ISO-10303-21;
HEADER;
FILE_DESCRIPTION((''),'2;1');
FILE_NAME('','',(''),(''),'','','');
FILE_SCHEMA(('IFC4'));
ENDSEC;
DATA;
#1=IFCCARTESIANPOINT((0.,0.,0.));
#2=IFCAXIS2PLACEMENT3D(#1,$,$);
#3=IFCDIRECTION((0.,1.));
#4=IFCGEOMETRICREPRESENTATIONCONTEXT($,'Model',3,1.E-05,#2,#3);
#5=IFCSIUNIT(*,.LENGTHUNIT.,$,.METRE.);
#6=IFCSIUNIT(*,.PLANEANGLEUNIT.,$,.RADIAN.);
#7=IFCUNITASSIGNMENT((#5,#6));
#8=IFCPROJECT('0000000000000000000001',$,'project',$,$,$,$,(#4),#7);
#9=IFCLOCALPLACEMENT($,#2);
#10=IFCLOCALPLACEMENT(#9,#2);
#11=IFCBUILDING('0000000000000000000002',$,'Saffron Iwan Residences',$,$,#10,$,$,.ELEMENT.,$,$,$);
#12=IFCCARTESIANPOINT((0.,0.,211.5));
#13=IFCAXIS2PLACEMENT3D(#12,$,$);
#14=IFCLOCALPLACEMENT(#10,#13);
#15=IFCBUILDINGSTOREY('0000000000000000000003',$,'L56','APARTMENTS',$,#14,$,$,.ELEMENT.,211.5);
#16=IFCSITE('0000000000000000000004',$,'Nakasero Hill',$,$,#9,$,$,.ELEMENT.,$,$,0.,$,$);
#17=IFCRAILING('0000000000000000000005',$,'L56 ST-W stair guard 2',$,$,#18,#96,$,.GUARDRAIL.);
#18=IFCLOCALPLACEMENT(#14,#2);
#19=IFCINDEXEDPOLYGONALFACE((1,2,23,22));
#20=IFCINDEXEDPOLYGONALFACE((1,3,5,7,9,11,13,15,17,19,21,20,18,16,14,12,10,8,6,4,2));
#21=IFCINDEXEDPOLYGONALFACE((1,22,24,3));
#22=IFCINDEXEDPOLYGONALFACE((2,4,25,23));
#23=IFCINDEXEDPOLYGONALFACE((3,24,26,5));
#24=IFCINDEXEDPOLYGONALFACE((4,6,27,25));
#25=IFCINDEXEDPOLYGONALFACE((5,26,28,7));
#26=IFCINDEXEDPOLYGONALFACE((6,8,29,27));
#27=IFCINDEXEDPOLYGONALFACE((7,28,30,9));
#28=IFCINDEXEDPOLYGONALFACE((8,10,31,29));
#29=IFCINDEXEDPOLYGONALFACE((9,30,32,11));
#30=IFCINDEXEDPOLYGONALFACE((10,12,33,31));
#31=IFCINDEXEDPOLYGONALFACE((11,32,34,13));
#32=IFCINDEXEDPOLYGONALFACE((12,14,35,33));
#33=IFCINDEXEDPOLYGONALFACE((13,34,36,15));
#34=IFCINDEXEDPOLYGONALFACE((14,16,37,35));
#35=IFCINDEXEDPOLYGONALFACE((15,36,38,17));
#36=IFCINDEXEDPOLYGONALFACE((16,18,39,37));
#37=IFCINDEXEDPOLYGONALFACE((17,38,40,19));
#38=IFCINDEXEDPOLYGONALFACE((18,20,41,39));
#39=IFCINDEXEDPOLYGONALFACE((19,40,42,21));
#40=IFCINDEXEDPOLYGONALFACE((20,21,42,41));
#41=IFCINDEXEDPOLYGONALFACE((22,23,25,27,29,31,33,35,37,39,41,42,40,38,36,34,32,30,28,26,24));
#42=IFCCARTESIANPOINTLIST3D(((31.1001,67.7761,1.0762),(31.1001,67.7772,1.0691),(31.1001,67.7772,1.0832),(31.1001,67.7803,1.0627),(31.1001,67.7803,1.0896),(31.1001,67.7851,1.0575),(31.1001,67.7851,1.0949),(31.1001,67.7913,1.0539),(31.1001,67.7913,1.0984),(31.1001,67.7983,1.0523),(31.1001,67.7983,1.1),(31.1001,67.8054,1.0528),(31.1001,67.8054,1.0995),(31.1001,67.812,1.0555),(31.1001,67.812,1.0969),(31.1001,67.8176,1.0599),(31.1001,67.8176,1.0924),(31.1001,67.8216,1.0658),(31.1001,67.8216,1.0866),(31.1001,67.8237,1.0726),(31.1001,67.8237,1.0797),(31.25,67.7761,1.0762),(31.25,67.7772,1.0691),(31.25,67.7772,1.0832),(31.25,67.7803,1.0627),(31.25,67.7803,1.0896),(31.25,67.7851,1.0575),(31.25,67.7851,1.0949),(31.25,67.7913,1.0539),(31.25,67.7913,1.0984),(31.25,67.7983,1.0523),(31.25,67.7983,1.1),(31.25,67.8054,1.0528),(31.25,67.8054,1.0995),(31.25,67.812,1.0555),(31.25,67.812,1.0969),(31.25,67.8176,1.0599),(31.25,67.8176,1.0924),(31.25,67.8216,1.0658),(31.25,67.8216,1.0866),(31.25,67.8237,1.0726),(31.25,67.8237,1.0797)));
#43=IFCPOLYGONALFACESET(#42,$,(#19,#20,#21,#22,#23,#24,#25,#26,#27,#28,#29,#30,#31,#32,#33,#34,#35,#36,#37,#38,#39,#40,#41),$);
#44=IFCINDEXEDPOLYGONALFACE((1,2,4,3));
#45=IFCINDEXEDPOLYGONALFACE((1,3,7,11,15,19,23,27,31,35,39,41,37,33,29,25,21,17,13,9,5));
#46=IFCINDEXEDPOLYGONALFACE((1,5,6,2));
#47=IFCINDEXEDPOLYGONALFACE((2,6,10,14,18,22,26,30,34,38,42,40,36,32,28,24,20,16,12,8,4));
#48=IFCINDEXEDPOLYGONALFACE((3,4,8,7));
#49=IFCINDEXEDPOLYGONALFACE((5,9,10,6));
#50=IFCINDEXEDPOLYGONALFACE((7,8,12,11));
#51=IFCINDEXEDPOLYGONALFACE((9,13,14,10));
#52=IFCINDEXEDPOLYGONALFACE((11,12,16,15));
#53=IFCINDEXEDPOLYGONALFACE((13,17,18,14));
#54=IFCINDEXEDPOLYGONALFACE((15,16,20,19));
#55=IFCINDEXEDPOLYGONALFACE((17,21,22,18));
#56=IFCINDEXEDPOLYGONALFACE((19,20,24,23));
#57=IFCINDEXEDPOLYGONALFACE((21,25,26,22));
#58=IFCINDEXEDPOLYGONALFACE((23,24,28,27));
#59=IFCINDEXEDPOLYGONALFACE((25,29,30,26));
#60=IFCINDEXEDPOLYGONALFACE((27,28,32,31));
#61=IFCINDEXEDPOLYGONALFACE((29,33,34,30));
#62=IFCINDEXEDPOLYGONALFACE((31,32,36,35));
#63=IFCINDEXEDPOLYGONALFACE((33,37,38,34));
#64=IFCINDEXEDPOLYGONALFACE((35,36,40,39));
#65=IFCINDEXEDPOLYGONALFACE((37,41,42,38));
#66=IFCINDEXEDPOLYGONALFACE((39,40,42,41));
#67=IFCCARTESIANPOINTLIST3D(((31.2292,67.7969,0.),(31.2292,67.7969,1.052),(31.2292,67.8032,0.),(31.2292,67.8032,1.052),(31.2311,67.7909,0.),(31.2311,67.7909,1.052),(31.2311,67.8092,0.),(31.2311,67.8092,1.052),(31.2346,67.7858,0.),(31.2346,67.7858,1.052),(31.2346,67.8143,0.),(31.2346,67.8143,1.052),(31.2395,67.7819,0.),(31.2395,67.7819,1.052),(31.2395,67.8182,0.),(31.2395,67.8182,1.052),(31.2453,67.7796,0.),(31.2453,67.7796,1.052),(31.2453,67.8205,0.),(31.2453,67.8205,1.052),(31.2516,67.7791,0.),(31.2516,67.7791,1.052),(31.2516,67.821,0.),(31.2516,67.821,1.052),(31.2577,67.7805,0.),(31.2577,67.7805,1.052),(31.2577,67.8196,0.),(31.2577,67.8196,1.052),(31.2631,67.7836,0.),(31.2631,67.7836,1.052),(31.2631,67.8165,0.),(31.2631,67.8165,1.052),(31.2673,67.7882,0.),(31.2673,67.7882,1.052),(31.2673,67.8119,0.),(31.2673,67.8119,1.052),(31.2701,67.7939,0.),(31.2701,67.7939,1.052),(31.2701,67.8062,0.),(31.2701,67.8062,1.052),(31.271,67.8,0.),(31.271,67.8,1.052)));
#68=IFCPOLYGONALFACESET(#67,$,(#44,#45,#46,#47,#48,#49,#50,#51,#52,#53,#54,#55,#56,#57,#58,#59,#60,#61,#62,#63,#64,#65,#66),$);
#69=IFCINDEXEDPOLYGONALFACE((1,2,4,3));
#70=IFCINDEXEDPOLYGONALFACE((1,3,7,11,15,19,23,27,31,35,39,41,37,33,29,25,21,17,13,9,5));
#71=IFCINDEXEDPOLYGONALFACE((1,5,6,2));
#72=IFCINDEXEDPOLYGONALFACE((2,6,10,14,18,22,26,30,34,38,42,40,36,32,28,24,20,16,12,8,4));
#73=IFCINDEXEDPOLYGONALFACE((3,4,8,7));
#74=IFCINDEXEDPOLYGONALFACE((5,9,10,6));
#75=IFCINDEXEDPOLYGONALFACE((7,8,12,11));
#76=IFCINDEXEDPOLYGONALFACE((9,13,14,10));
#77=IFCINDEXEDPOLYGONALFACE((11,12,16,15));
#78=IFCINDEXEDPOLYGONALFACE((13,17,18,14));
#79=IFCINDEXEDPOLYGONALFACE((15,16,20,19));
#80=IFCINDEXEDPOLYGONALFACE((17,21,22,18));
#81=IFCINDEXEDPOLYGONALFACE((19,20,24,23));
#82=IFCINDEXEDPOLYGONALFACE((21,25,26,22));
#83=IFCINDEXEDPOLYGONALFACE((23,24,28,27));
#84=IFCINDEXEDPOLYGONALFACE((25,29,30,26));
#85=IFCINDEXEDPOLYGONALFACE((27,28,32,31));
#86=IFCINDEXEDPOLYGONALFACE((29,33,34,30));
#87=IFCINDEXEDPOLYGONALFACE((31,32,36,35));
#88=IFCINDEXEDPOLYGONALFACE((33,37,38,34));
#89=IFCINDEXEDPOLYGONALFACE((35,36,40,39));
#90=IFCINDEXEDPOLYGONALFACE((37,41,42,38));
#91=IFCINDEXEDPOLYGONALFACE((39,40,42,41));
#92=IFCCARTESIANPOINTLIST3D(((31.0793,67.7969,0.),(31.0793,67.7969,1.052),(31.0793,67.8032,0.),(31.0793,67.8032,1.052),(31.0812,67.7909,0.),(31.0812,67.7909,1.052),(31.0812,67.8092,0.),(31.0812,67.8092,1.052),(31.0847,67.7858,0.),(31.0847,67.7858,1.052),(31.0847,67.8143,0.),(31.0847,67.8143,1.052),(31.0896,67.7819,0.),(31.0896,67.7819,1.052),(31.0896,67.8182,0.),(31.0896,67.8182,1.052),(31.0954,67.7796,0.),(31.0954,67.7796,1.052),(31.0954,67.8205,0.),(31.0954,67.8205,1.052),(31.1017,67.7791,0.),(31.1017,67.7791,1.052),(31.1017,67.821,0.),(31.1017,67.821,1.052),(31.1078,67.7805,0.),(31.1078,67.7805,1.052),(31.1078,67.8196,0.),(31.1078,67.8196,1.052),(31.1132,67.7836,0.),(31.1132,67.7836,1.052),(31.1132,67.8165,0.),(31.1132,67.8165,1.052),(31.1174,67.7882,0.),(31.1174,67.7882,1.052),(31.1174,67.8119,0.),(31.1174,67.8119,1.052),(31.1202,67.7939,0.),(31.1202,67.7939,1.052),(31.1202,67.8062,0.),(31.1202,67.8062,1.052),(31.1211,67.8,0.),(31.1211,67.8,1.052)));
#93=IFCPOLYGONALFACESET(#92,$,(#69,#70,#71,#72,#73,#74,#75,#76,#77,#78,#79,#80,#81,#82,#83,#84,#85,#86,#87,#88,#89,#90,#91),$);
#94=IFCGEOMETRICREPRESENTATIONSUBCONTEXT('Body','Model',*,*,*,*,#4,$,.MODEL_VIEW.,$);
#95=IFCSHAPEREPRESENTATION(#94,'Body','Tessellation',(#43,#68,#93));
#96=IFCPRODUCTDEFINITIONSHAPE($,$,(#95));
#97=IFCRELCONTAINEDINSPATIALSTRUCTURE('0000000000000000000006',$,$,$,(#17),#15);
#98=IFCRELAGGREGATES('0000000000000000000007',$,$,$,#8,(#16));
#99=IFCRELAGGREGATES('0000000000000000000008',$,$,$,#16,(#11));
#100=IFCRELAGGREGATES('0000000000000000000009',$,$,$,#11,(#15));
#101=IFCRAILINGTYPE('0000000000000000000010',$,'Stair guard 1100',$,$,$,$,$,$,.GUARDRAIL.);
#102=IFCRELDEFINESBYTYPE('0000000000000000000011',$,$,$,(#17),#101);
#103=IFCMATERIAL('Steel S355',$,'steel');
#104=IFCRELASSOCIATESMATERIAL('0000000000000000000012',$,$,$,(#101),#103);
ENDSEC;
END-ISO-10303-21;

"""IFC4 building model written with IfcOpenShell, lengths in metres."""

from ifc_helpers import new_model, si_unit, direction, frame, origin, origin_2d, place, context, subcontext, project, spatial, circle, extrude, material, type_object, element, save


model = new_model("IFC4")

# Units and contexts
model_context = context("Model", 3, precision=1e-05, world=origin(), true_north=direction((0.0, 1.0)))
body_context = subcontext(model_context, "Body", "Model", "MODEL_VIEW")
ifc_project = project(units=[si_unit("LENGTHUNIT", "METRE"), si_unit("PLANEANGLEUNIT", "RADIAN")], contexts=[model_context])

# Site, building, storey
site_placement = place(None, origin())
site = spatial("IfcSite", under=ifc_project, at=site_placement, Name="Nakasero Hill", CompositionType="ELEMENT", RefElevation=0.0)
building_placement = place(site_placement, origin())
building = spatial("IfcBuilding", under=site, at=building_placement, Name="Saffron Iwan Residences", CompositionType="ELEMENT")
storey_placement = place(building_placement, frame((0.0, 0.0, 211.5)))
storey = spatial("IfcBuildingStorey", under=building, at=storey_placement, Name="L56", Description="APARTMENTS", CompositionType="ELEMENT", Elevation=211.5)

# Railing
ifc_material_1 = material(Name="Steel S355", Category="steel")
railing_type_1 = type_object("IfcRailingType", Name="Stair guard 1100", PredefinedType="GUARDRAIL", material=ifc_material_1)
railing_1_placement = place(storey_placement, frame((31.25, 67.8, 0.0)))
element("IfcRailing", 1, at=railing_1_placement, inside=storey, type_object=railing_type_1, Name="L56 ST-W stair guard 2", PredefinedType="GUARDRAIL", context=body_context, shape_type="SweptSolid", body=[
    extrude(circle(Radius=0.0239, at=origin_2d()), frame((0.0, 0.0, 1.0762), z_axis=(-1.0, 0.0, 0.0), x_axis=(0.0, -1.0, 0.0)), (0.0, 0.0, 1.0), 0.1499),
    extrude(circle(Radius=0.021, at=origin_2d()), origin(), (0.0, 0.0, 1.0), 1.052),
    extrude(circle(Radius=0.021, at=origin_2d()), frame((-0.1499, 0.0, 0.0)), (0.0, 0.0, 1.0), 1.052),
])

save(model, "model.ifc")
